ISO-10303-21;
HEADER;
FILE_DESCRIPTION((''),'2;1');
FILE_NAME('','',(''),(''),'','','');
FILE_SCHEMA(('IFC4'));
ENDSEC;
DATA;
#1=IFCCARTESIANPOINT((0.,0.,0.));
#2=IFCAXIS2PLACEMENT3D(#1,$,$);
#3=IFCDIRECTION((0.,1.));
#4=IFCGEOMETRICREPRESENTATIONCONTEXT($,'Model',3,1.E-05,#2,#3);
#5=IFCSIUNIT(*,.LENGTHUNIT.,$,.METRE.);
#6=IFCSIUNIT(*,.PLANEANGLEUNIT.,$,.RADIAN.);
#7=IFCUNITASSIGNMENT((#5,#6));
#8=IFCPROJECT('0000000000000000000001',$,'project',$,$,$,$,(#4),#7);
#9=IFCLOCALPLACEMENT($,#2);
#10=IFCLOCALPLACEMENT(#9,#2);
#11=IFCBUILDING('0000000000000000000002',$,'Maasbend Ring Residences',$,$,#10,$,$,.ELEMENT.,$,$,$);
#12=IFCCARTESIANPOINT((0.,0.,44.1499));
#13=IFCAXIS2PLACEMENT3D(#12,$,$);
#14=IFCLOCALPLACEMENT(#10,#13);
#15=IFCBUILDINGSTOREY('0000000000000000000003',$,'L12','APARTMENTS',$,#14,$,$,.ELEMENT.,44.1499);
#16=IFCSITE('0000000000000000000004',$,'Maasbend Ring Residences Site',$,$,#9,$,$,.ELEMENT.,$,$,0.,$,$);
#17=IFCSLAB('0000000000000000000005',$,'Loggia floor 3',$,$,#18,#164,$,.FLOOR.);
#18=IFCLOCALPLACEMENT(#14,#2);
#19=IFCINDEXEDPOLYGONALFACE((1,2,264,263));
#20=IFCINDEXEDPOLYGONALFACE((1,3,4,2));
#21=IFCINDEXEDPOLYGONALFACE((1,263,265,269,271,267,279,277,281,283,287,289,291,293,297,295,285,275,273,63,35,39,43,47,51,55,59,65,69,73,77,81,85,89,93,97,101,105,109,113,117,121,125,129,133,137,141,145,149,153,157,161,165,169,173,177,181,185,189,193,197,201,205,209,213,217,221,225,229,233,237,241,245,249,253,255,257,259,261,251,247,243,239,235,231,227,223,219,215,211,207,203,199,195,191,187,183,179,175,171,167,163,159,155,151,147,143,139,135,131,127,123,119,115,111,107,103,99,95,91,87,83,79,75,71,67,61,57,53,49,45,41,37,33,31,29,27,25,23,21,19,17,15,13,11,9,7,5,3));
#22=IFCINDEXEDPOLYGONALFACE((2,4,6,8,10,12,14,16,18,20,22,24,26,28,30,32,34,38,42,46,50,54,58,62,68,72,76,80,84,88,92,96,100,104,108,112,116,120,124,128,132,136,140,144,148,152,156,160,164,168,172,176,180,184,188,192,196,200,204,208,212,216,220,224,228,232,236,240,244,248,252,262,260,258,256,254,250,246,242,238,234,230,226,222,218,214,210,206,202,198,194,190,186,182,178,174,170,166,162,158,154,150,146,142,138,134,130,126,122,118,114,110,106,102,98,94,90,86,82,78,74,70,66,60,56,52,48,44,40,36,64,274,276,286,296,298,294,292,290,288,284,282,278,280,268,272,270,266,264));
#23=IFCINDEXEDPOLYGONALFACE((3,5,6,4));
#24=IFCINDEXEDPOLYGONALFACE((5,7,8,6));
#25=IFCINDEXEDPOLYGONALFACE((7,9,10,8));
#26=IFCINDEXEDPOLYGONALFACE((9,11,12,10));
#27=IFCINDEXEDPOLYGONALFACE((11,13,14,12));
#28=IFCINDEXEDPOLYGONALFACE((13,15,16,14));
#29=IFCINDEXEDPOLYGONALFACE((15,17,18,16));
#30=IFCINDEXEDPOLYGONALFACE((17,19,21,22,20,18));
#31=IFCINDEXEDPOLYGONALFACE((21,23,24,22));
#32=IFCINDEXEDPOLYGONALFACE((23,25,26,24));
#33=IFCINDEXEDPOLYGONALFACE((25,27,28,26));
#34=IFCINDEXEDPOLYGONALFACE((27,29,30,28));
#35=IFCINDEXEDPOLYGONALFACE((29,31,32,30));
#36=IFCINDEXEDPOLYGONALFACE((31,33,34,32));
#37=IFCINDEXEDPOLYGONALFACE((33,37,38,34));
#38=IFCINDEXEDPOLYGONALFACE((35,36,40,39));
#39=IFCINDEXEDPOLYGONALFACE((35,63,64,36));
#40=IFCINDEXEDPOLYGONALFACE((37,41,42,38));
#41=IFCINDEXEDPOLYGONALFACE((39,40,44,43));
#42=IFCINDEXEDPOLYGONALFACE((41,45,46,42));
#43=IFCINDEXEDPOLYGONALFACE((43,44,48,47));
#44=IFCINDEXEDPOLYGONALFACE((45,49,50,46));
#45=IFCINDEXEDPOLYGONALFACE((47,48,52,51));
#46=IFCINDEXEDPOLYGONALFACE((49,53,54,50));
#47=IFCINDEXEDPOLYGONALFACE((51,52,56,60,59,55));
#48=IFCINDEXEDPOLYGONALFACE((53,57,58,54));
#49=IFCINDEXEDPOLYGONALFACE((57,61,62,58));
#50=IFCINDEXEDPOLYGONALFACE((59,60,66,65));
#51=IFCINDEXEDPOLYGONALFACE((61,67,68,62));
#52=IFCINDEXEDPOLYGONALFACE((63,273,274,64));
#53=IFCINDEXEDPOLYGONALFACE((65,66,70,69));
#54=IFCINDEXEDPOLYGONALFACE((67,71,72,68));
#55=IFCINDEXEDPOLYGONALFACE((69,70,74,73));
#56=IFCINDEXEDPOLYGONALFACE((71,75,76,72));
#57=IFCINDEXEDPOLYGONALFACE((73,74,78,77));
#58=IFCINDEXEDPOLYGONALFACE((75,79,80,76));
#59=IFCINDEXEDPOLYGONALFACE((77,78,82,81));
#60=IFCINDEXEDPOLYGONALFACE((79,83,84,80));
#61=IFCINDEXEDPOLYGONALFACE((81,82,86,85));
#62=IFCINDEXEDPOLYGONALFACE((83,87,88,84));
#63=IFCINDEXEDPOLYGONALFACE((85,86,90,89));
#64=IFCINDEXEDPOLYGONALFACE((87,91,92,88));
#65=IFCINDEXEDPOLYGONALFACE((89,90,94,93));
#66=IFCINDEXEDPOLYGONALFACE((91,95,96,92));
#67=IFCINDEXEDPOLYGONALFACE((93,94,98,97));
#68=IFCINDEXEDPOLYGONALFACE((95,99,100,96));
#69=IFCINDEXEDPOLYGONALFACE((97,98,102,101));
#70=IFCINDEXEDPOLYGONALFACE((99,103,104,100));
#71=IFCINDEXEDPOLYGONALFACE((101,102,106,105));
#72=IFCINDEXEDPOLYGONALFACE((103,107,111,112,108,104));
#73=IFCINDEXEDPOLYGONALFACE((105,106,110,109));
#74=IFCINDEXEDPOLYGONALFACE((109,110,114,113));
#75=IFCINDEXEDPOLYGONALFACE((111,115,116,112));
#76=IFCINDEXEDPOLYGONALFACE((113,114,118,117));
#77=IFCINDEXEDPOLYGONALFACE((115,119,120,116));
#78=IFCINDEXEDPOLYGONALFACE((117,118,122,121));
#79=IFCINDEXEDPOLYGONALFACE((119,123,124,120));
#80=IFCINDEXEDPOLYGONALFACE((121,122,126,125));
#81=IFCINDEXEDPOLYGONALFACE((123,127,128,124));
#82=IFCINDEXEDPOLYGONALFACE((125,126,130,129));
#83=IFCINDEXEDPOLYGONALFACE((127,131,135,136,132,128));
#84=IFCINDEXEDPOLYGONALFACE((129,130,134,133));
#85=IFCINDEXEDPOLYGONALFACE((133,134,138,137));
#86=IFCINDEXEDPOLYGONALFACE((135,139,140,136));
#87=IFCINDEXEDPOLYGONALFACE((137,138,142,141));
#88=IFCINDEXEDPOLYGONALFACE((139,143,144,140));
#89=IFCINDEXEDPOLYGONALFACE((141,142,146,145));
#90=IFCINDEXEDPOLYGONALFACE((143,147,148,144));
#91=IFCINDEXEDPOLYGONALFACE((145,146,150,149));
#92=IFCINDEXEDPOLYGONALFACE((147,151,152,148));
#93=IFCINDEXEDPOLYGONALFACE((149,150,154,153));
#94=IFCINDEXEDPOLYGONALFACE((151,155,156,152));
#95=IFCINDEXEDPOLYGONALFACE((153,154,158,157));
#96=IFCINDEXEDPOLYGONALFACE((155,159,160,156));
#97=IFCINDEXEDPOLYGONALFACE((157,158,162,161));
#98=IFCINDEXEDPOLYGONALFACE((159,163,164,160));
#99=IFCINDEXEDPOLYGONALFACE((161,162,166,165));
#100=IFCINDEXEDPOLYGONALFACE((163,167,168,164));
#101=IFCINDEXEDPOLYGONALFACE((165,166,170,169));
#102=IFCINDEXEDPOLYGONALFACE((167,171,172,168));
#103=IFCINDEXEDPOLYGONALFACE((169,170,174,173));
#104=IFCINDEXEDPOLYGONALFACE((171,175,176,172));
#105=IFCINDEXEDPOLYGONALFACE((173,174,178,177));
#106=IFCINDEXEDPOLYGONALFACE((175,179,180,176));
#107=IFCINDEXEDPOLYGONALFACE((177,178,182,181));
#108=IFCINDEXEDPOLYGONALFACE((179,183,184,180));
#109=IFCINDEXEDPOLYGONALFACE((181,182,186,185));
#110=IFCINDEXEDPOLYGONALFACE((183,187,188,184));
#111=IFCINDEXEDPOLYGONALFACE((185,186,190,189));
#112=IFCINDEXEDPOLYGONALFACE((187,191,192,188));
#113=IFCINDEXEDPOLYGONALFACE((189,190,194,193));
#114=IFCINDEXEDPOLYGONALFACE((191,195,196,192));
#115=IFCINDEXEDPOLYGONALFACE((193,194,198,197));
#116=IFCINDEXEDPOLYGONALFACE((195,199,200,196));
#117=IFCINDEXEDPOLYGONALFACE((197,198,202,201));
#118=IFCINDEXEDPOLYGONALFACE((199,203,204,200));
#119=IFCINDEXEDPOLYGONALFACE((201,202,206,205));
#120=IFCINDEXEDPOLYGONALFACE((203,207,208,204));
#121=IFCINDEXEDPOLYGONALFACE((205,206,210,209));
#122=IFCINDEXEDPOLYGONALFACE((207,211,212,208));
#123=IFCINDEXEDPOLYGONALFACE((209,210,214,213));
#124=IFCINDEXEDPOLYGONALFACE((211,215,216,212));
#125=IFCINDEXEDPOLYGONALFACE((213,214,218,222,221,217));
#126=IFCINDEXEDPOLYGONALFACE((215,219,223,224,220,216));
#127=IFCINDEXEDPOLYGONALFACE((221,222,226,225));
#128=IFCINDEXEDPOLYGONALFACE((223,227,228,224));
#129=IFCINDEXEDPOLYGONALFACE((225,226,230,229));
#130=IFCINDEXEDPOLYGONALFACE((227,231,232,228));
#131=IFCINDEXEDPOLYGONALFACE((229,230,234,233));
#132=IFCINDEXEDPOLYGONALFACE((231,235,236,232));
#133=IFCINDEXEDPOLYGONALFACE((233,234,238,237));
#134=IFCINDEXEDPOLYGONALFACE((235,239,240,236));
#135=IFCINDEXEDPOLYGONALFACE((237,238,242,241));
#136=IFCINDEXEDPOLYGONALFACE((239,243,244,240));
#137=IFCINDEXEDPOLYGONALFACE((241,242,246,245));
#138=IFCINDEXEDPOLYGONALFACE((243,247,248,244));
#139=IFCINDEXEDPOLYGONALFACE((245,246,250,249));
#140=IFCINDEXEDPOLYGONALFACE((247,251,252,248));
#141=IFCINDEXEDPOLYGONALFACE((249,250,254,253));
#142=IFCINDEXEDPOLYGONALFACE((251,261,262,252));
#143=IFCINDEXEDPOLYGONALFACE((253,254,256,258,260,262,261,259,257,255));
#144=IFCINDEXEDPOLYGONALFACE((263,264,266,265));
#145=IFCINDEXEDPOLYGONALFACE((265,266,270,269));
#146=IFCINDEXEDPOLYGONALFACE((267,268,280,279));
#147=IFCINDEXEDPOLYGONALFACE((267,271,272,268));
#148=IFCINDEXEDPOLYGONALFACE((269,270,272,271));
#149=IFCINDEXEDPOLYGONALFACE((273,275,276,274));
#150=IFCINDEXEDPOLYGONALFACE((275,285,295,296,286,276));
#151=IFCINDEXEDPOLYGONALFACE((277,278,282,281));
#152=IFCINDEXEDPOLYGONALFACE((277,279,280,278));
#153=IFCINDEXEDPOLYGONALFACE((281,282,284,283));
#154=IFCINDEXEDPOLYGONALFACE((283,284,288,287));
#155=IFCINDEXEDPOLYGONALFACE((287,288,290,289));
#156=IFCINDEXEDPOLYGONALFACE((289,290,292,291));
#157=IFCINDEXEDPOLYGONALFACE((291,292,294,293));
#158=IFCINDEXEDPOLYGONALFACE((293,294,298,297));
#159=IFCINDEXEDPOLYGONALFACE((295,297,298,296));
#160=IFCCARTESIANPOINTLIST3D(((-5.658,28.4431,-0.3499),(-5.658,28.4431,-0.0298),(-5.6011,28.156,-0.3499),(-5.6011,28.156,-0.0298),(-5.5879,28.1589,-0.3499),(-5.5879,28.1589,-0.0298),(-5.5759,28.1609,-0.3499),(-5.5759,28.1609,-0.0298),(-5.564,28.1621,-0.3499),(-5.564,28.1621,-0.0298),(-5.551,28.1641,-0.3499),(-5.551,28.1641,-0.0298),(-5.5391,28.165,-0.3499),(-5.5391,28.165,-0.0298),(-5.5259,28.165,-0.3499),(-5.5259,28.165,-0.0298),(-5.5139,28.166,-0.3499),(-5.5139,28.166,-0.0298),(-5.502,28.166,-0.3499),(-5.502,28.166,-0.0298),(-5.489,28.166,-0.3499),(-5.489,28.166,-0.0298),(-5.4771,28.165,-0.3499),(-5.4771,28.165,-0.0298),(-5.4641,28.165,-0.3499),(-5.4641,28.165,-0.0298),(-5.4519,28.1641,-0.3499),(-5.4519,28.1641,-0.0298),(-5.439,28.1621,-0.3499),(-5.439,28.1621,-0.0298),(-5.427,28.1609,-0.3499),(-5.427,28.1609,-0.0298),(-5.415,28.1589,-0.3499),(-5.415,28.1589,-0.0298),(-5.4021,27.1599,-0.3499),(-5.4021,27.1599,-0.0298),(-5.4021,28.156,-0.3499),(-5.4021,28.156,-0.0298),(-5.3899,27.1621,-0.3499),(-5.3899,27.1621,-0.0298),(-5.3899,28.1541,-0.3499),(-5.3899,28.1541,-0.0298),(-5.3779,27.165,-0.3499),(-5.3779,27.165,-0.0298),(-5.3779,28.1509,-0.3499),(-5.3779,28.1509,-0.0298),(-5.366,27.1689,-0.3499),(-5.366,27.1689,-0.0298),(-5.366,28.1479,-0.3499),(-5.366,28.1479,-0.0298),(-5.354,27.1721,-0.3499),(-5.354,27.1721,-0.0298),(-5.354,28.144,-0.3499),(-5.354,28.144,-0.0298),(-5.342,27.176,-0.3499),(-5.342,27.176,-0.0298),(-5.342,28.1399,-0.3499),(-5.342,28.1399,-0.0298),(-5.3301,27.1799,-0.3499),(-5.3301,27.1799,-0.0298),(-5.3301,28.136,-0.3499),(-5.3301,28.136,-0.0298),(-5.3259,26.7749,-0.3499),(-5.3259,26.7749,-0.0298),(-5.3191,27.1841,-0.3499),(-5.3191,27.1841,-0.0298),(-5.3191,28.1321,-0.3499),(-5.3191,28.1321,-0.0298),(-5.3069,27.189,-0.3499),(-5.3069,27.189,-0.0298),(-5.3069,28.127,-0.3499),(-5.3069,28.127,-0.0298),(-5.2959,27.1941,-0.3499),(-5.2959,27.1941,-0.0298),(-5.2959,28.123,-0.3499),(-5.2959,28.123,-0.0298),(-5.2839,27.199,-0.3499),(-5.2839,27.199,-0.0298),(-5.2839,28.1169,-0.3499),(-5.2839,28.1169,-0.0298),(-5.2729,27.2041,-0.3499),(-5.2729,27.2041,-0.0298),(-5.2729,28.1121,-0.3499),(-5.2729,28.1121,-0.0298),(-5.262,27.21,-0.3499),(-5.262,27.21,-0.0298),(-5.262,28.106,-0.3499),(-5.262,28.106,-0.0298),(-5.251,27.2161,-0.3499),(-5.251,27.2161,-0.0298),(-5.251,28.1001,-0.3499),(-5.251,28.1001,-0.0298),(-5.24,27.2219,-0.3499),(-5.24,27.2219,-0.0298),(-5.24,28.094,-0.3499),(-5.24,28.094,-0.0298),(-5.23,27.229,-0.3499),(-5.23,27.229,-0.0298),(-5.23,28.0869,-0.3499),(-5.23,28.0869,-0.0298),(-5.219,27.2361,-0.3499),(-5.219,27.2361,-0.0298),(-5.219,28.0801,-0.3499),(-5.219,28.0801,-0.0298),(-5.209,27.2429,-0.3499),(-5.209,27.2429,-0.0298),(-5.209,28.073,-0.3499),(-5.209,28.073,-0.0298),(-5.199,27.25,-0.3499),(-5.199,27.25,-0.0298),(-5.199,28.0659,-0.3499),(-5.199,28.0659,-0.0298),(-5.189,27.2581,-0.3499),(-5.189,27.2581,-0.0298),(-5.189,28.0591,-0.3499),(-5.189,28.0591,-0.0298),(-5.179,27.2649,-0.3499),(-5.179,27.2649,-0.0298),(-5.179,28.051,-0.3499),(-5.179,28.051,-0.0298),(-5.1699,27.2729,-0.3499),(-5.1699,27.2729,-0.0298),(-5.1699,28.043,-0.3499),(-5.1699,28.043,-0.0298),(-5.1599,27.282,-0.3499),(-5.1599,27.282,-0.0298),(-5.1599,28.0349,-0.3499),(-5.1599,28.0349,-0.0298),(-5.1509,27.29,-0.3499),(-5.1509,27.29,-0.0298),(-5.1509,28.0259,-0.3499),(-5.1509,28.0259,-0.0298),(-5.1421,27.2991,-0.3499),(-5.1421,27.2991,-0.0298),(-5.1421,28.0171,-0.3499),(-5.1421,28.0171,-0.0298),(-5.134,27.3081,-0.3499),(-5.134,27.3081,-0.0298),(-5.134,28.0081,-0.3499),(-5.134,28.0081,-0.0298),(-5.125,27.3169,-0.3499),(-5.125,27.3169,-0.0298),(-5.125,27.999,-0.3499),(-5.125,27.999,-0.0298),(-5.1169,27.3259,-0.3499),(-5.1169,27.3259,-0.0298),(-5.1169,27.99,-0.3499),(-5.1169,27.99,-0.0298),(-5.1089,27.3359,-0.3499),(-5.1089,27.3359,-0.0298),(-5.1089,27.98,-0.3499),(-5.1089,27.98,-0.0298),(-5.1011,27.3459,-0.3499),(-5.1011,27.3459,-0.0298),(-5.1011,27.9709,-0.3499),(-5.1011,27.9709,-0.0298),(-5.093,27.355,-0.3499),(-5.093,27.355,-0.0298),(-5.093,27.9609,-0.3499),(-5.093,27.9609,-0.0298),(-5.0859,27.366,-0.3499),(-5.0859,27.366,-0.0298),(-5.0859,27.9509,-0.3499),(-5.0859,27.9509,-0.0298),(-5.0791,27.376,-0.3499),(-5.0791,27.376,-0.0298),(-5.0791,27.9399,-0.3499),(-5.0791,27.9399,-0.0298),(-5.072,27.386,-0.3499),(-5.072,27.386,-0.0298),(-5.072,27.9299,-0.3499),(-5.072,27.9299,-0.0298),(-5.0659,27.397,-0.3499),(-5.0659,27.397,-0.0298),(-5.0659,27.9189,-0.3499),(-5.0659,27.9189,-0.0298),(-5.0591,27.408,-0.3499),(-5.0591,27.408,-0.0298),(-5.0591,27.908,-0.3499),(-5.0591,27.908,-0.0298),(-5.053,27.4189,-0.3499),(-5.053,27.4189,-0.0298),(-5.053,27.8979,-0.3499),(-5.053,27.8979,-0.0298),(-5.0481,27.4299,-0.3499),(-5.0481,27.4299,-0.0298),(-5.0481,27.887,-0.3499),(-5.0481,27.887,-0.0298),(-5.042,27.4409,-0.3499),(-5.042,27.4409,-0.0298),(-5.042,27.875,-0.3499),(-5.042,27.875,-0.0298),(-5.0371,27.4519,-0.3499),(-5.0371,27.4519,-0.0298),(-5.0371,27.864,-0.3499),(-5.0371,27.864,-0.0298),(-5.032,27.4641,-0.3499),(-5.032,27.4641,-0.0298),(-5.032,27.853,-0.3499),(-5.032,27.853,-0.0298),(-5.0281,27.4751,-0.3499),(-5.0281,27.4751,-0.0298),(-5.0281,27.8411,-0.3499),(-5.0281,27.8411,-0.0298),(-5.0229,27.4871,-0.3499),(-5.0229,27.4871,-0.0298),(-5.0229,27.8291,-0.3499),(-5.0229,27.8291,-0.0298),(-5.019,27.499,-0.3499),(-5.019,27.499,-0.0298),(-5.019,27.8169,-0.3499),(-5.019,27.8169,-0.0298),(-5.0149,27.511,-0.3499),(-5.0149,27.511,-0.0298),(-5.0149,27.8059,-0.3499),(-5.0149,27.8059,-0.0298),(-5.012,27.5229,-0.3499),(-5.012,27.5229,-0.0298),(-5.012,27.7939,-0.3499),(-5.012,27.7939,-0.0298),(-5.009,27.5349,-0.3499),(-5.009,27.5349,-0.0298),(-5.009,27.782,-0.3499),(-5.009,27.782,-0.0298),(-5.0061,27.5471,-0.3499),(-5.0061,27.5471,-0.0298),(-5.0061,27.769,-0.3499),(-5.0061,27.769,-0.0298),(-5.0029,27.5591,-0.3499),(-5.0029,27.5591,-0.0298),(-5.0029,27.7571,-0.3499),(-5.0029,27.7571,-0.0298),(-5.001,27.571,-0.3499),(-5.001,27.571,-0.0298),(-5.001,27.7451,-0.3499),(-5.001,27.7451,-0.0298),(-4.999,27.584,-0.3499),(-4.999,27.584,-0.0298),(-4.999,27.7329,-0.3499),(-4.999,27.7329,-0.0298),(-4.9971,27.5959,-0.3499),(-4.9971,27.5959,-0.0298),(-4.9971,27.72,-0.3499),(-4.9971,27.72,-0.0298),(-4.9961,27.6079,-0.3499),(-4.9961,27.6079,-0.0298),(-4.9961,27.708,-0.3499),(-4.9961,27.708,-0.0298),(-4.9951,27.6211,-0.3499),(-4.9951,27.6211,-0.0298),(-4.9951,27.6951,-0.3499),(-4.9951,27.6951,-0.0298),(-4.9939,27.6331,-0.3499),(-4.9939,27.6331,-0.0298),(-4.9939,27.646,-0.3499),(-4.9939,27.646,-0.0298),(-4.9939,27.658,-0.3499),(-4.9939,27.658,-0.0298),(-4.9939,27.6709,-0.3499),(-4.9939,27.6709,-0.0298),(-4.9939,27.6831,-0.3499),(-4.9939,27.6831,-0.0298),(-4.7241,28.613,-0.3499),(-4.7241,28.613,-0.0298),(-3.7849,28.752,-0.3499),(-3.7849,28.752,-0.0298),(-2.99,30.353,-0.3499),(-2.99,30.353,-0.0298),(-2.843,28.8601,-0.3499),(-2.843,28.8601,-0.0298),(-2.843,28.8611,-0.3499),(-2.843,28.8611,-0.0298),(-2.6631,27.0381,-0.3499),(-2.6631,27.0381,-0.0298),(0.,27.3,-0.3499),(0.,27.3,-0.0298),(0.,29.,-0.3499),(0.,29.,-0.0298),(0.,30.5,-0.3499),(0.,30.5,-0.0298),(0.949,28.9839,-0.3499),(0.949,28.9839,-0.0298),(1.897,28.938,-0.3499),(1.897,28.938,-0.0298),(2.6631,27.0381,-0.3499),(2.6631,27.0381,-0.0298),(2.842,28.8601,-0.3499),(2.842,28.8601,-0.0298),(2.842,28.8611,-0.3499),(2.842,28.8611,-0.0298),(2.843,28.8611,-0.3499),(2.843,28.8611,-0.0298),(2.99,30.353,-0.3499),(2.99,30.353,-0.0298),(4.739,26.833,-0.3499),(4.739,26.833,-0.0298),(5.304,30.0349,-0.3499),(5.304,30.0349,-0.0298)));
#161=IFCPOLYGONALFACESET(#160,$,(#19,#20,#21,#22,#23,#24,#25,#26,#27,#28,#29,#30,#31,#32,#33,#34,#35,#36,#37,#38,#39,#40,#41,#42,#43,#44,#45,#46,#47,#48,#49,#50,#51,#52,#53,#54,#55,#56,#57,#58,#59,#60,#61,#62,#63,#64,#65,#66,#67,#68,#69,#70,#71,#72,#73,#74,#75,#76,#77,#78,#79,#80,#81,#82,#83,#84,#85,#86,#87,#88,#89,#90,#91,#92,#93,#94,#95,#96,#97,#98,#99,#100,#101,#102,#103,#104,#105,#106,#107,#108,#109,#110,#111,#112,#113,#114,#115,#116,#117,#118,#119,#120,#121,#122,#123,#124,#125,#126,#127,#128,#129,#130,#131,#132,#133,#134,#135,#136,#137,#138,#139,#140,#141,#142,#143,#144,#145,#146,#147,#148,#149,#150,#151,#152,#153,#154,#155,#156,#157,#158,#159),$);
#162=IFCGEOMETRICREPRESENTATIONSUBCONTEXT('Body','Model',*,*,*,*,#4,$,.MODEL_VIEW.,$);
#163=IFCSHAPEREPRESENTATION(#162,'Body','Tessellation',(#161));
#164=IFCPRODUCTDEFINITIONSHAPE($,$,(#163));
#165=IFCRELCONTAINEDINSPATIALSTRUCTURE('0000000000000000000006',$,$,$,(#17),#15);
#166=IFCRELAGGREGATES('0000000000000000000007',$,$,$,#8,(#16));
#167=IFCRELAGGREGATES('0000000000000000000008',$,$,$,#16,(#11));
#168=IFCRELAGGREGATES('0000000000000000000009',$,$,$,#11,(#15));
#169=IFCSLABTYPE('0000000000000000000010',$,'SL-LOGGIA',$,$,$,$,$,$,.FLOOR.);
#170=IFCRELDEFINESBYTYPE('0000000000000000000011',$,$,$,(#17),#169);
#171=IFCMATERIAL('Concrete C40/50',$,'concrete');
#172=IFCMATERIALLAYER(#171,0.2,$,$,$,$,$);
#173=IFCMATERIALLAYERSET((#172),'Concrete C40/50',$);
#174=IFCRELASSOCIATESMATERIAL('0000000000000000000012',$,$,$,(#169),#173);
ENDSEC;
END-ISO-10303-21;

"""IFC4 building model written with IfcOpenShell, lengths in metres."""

from ifc_helpers import new_model, si_unit, direction, frame, origin, place, context, subcontext, project, spatial, polyline, outline, extrude, material, layer, layer_set, type_object, element, save


model = new_model("IFC4")

# Units and contexts
model_context = context("Model", 3, precision=1e-05, world=origin(), true_north=direction((0.0, 1.0)))
body_context = subcontext(model_context, "Body", "Model", "MODEL_VIEW")
ifc_project = project(units=[si_unit("LENGTHUNIT", "METRE"), si_unit("PLANEANGLEUNIT", "RADIAN")], contexts=[model_context])

# Site, building, storey
site_placement = place(None, origin())
site = spatial("IfcSite", under=ifc_project, at=site_placement, Name="Maasbend Ring Residences Site", CompositionType="ELEMENT", RefElevation=0.0)
building_placement = place(site_placement, origin())
building = spatial("IfcBuilding", under=site, at=building_placement, Name="Maasbend Ring Residences", CompositionType="ELEMENT")
storey_placement = place(building_placement, frame((0.0, 0.0, 44.1499)))
storey = spatial("IfcBuildingStorey", under=building, at=storey_placement, Name="L12", Description="APARTMENTS", CompositionType="ELEMENT", Elevation=44.1499)

# Slab
ifc_material_1 = material(Name="Concrete C40/50", Category="concrete")
ifc_layer_1 = layer(ifc_material_1, 0.2)
ifc_layer_set_1 = layer_set([ifc_layer_1], Name="Concrete C40/50")
slab_type_1 = type_object("IfcSlabType", Name="SL-LOGGIA", PredefinedType="FLOOR", material=ifc_layer_set_1)
slab_1_placement = place(storey_placement, frame((0.0, 0.0, -0.3499)))
element("IfcSlab", 1, at=slab_1_placement, inside=storey, type_object=slab_type_1, Name="Loggia floor 3", PredefinedType="FLOOR", context=body_context, shape_type="SweptSolid", body=[
    extrude(outline(polyline([(-3.7849, 28.752), (-2.843, 28.8601), (-2.843, 28.8601), (-2.843, 28.8601), (-2.843, 28.8601), (-2.843, 28.8601), (-2.843, 28.8601), (-2.843, 28.8601), (-2.843, 28.8601), (-2.843, 28.8601), (-2.843, 28.8611), (-2.843, 28.8611), (-2.843, 28.8611), (-2.843, 28.8611), (-2.843, 28.8611), (-2.843, 28.8611), (-2.843, 28.8611), (-2.843, 28.8611), (-2.99, 30.353), (-2.99, 30.353), (-2.99, 30.353), (0.0, 30.5), (0.0, 30.5), (0.0, 30.5), (0.0, 29.0), (0.0, 29.0), (0.0, 29.0), (0.0, 29.0), (0.0, 29.0), (0.0, 29.0), (0.0, 29.0), (0.0, 29.0), (0.0, 29.0), (0.0, 29.0), (0.0, 29.0), (0.0, 29.0), (0.0, 29.0), (0.0, 29.0), (0.0, 29.0), (0.0, 29.0), (0.0, 29.0), (0.949, 28.9839), (0.949, 28.9839), (1.897, 28.938), (1.897, 28.938), (2.842, 28.8601), (2.842, 28.8601), (2.842, 28.8601), (2.842, 28.8601), (2.842, 28.8601), (2.842, 28.8601), (2.842, 28.8601), (2.842, 28.8601), (2.842, 28.8611), (2.842, 28.8611), (2.842, 28.8611), (2.842, 28.8611), (2.842, 28.8611), (2.843, 28.8611), (2.843, 28.8611), (2.843, 28.8611), (2.843, 28.8611), (2.99, 30.353), (2.99, 30.353), (2.99, 30.353), (5.304, 30.0349), (5.304, 30.0349), (5.304, 30.0349), (4.739, 26.833), (4.739, 26.833), (4.739, 26.833), (2.6631, 27.0381), (0.0, 27.3), (0.0, 27.3), (0.0, 27.3), (-2.6631, 27.0381), (-5.3259, 26.7749), (-5.3259, 26.7749), (-5.3259, 26.7749), (-5.4021, 27.1599), (-5.4021, 27.1599), (-5.3899, 27.1621), (-5.3779, 27.165), (-5.366, 27.1689), (-5.354, 27.1721), (-5.342, 27.176), (-5.3301, 27.1799), (-5.3191, 27.1841), (-5.3069, 27.189), (-5.2959, 27.1941), (-5.2839, 27.199), (-5.2729, 27.2041), (-5.262, 27.21), (-5.251, 27.2161), (-5.24, 27.2219), (-5.23, 27.229), (-5.219, 27.2361), (-5.209, 27.2429), (-5.199, 27.25), (-5.189, 27.2581), (-5.179, 27.2649), (-5.1699, 27.2729), (-5.1599, 27.282), (-5.1509, 27.29), (-5.1421, 27.2991), (-5.134, 27.3081), (-5.125, 27.3169), (-5.1169, 27.3259), (-5.1089, 27.3359), (-5.1011, 27.3459), (-5.093, 27.355), (-5.0859, 27.366), (-5.0791, 27.376), (-5.072, 27.386), (-5.0659, 27.397), (-5.0591, 27.408), (-5.053, 27.4189), (-5.0481, 27.4299), (-5.042, 27.4409), (-5.0371, 27.4519), (-5.032, 27.4641), (-5.0281, 27.4751), (-5.0229, 27.4871), (-5.019, 27.499), (-5.0149, 27.511), (-5.012, 27.5229), (-5.009, 27.5349), (-5.0061, 27.5471), (-5.0029, 27.5591), (-5.001, 27.571), (-4.999, 27.584), (-4.9971, 27.5959), (-4.9961, 27.6079), (-4.9951, 27.6211), (-4.9939, 27.6331), (-4.9939, 27.646), (-4.9939, 27.658), (-4.9939, 27.6709), (-4.9939, 27.6831), (-4.9951, 27.6951), (-4.9961, 27.708), (-4.9971, 27.72), (-4.999, 27.7329), (-5.001, 27.7451), (-5.0029, 27.7571), (-5.0061, 27.769), (-5.009, 27.782), (-5.012, 27.7939), (-5.0149, 27.8059), (-5.019, 27.8169), (-5.0229, 27.8291), (-5.0281, 27.8411), (-5.032, 27.853), (-5.0371, 27.864), (-5.042, 27.875), (-5.0481, 27.887), (-5.053, 27.8979), (-5.0591, 27.908), (-5.0659, 27.9189), (-5.072, 27.9299), (-5.0791, 27.9399), (-5.0859, 27.9509), (-5.093, 27.9609), (-5.1011, 27.9709), (-5.1089, 27.98), (-5.1169, 27.99), (-5.125, 27.999), (-5.134, 28.0081), (-5.1421, 28.0171), (-5.1509, 28.0259), (-5.1599, 28.0349), (-5.1699, 28.043), (-5.179, 28.051), (-5.189, 28.0591), (-5.199, 28.0659), (-5.209, 28.073), (-5.219, 28.0801), (-5.23, 28.0869), (-5.24, 28.094), (-5.251, 28.1001), (-5.262, 28.106), (-5.2729, 28.1121), (-5.2839, 28.1169), (-5.2959, 28.123), (-5.3069, 28.127), (-5.3191, 28.1321), (-5.3301, 28.136), (-5.342, 28.1399), (-5.354, 28.144), (-5.366, 28.1479), (-5.3779, 28.1509), (-5.3899, 28.1541), (-5.4021, 28.156), (-5.415, 28.1589), (-5.427, 28.1609), (-5.439, 28.1621), (-5.4519, 28.1641), (-5.4641, 28.165), (-5.4771, 28.165), (-5.489, 28.166), (-5.502, 28.166), (-5.5139, 28.166), (-5.5259, 28.165), (-5.5391, 28.165), (-5.551, 28.1641), (-5.564, 28.1621), (-5.5759, 28.1609), (-5.5879, 28.1589), (-5.6011, 28.156), (-5.6011, 28.156), (-5.658, 28.4431), (-5.658, 28.4431), (-5.658, 28.4431), (-4.7241, 28.613), (-4.7241, 28.613), (-3.7849, 28.752), (-3.7849, 28.752)])), origin(), (0.0, 0.0, 1.0), 0.3201),
])

save(model, "model.ifc")
